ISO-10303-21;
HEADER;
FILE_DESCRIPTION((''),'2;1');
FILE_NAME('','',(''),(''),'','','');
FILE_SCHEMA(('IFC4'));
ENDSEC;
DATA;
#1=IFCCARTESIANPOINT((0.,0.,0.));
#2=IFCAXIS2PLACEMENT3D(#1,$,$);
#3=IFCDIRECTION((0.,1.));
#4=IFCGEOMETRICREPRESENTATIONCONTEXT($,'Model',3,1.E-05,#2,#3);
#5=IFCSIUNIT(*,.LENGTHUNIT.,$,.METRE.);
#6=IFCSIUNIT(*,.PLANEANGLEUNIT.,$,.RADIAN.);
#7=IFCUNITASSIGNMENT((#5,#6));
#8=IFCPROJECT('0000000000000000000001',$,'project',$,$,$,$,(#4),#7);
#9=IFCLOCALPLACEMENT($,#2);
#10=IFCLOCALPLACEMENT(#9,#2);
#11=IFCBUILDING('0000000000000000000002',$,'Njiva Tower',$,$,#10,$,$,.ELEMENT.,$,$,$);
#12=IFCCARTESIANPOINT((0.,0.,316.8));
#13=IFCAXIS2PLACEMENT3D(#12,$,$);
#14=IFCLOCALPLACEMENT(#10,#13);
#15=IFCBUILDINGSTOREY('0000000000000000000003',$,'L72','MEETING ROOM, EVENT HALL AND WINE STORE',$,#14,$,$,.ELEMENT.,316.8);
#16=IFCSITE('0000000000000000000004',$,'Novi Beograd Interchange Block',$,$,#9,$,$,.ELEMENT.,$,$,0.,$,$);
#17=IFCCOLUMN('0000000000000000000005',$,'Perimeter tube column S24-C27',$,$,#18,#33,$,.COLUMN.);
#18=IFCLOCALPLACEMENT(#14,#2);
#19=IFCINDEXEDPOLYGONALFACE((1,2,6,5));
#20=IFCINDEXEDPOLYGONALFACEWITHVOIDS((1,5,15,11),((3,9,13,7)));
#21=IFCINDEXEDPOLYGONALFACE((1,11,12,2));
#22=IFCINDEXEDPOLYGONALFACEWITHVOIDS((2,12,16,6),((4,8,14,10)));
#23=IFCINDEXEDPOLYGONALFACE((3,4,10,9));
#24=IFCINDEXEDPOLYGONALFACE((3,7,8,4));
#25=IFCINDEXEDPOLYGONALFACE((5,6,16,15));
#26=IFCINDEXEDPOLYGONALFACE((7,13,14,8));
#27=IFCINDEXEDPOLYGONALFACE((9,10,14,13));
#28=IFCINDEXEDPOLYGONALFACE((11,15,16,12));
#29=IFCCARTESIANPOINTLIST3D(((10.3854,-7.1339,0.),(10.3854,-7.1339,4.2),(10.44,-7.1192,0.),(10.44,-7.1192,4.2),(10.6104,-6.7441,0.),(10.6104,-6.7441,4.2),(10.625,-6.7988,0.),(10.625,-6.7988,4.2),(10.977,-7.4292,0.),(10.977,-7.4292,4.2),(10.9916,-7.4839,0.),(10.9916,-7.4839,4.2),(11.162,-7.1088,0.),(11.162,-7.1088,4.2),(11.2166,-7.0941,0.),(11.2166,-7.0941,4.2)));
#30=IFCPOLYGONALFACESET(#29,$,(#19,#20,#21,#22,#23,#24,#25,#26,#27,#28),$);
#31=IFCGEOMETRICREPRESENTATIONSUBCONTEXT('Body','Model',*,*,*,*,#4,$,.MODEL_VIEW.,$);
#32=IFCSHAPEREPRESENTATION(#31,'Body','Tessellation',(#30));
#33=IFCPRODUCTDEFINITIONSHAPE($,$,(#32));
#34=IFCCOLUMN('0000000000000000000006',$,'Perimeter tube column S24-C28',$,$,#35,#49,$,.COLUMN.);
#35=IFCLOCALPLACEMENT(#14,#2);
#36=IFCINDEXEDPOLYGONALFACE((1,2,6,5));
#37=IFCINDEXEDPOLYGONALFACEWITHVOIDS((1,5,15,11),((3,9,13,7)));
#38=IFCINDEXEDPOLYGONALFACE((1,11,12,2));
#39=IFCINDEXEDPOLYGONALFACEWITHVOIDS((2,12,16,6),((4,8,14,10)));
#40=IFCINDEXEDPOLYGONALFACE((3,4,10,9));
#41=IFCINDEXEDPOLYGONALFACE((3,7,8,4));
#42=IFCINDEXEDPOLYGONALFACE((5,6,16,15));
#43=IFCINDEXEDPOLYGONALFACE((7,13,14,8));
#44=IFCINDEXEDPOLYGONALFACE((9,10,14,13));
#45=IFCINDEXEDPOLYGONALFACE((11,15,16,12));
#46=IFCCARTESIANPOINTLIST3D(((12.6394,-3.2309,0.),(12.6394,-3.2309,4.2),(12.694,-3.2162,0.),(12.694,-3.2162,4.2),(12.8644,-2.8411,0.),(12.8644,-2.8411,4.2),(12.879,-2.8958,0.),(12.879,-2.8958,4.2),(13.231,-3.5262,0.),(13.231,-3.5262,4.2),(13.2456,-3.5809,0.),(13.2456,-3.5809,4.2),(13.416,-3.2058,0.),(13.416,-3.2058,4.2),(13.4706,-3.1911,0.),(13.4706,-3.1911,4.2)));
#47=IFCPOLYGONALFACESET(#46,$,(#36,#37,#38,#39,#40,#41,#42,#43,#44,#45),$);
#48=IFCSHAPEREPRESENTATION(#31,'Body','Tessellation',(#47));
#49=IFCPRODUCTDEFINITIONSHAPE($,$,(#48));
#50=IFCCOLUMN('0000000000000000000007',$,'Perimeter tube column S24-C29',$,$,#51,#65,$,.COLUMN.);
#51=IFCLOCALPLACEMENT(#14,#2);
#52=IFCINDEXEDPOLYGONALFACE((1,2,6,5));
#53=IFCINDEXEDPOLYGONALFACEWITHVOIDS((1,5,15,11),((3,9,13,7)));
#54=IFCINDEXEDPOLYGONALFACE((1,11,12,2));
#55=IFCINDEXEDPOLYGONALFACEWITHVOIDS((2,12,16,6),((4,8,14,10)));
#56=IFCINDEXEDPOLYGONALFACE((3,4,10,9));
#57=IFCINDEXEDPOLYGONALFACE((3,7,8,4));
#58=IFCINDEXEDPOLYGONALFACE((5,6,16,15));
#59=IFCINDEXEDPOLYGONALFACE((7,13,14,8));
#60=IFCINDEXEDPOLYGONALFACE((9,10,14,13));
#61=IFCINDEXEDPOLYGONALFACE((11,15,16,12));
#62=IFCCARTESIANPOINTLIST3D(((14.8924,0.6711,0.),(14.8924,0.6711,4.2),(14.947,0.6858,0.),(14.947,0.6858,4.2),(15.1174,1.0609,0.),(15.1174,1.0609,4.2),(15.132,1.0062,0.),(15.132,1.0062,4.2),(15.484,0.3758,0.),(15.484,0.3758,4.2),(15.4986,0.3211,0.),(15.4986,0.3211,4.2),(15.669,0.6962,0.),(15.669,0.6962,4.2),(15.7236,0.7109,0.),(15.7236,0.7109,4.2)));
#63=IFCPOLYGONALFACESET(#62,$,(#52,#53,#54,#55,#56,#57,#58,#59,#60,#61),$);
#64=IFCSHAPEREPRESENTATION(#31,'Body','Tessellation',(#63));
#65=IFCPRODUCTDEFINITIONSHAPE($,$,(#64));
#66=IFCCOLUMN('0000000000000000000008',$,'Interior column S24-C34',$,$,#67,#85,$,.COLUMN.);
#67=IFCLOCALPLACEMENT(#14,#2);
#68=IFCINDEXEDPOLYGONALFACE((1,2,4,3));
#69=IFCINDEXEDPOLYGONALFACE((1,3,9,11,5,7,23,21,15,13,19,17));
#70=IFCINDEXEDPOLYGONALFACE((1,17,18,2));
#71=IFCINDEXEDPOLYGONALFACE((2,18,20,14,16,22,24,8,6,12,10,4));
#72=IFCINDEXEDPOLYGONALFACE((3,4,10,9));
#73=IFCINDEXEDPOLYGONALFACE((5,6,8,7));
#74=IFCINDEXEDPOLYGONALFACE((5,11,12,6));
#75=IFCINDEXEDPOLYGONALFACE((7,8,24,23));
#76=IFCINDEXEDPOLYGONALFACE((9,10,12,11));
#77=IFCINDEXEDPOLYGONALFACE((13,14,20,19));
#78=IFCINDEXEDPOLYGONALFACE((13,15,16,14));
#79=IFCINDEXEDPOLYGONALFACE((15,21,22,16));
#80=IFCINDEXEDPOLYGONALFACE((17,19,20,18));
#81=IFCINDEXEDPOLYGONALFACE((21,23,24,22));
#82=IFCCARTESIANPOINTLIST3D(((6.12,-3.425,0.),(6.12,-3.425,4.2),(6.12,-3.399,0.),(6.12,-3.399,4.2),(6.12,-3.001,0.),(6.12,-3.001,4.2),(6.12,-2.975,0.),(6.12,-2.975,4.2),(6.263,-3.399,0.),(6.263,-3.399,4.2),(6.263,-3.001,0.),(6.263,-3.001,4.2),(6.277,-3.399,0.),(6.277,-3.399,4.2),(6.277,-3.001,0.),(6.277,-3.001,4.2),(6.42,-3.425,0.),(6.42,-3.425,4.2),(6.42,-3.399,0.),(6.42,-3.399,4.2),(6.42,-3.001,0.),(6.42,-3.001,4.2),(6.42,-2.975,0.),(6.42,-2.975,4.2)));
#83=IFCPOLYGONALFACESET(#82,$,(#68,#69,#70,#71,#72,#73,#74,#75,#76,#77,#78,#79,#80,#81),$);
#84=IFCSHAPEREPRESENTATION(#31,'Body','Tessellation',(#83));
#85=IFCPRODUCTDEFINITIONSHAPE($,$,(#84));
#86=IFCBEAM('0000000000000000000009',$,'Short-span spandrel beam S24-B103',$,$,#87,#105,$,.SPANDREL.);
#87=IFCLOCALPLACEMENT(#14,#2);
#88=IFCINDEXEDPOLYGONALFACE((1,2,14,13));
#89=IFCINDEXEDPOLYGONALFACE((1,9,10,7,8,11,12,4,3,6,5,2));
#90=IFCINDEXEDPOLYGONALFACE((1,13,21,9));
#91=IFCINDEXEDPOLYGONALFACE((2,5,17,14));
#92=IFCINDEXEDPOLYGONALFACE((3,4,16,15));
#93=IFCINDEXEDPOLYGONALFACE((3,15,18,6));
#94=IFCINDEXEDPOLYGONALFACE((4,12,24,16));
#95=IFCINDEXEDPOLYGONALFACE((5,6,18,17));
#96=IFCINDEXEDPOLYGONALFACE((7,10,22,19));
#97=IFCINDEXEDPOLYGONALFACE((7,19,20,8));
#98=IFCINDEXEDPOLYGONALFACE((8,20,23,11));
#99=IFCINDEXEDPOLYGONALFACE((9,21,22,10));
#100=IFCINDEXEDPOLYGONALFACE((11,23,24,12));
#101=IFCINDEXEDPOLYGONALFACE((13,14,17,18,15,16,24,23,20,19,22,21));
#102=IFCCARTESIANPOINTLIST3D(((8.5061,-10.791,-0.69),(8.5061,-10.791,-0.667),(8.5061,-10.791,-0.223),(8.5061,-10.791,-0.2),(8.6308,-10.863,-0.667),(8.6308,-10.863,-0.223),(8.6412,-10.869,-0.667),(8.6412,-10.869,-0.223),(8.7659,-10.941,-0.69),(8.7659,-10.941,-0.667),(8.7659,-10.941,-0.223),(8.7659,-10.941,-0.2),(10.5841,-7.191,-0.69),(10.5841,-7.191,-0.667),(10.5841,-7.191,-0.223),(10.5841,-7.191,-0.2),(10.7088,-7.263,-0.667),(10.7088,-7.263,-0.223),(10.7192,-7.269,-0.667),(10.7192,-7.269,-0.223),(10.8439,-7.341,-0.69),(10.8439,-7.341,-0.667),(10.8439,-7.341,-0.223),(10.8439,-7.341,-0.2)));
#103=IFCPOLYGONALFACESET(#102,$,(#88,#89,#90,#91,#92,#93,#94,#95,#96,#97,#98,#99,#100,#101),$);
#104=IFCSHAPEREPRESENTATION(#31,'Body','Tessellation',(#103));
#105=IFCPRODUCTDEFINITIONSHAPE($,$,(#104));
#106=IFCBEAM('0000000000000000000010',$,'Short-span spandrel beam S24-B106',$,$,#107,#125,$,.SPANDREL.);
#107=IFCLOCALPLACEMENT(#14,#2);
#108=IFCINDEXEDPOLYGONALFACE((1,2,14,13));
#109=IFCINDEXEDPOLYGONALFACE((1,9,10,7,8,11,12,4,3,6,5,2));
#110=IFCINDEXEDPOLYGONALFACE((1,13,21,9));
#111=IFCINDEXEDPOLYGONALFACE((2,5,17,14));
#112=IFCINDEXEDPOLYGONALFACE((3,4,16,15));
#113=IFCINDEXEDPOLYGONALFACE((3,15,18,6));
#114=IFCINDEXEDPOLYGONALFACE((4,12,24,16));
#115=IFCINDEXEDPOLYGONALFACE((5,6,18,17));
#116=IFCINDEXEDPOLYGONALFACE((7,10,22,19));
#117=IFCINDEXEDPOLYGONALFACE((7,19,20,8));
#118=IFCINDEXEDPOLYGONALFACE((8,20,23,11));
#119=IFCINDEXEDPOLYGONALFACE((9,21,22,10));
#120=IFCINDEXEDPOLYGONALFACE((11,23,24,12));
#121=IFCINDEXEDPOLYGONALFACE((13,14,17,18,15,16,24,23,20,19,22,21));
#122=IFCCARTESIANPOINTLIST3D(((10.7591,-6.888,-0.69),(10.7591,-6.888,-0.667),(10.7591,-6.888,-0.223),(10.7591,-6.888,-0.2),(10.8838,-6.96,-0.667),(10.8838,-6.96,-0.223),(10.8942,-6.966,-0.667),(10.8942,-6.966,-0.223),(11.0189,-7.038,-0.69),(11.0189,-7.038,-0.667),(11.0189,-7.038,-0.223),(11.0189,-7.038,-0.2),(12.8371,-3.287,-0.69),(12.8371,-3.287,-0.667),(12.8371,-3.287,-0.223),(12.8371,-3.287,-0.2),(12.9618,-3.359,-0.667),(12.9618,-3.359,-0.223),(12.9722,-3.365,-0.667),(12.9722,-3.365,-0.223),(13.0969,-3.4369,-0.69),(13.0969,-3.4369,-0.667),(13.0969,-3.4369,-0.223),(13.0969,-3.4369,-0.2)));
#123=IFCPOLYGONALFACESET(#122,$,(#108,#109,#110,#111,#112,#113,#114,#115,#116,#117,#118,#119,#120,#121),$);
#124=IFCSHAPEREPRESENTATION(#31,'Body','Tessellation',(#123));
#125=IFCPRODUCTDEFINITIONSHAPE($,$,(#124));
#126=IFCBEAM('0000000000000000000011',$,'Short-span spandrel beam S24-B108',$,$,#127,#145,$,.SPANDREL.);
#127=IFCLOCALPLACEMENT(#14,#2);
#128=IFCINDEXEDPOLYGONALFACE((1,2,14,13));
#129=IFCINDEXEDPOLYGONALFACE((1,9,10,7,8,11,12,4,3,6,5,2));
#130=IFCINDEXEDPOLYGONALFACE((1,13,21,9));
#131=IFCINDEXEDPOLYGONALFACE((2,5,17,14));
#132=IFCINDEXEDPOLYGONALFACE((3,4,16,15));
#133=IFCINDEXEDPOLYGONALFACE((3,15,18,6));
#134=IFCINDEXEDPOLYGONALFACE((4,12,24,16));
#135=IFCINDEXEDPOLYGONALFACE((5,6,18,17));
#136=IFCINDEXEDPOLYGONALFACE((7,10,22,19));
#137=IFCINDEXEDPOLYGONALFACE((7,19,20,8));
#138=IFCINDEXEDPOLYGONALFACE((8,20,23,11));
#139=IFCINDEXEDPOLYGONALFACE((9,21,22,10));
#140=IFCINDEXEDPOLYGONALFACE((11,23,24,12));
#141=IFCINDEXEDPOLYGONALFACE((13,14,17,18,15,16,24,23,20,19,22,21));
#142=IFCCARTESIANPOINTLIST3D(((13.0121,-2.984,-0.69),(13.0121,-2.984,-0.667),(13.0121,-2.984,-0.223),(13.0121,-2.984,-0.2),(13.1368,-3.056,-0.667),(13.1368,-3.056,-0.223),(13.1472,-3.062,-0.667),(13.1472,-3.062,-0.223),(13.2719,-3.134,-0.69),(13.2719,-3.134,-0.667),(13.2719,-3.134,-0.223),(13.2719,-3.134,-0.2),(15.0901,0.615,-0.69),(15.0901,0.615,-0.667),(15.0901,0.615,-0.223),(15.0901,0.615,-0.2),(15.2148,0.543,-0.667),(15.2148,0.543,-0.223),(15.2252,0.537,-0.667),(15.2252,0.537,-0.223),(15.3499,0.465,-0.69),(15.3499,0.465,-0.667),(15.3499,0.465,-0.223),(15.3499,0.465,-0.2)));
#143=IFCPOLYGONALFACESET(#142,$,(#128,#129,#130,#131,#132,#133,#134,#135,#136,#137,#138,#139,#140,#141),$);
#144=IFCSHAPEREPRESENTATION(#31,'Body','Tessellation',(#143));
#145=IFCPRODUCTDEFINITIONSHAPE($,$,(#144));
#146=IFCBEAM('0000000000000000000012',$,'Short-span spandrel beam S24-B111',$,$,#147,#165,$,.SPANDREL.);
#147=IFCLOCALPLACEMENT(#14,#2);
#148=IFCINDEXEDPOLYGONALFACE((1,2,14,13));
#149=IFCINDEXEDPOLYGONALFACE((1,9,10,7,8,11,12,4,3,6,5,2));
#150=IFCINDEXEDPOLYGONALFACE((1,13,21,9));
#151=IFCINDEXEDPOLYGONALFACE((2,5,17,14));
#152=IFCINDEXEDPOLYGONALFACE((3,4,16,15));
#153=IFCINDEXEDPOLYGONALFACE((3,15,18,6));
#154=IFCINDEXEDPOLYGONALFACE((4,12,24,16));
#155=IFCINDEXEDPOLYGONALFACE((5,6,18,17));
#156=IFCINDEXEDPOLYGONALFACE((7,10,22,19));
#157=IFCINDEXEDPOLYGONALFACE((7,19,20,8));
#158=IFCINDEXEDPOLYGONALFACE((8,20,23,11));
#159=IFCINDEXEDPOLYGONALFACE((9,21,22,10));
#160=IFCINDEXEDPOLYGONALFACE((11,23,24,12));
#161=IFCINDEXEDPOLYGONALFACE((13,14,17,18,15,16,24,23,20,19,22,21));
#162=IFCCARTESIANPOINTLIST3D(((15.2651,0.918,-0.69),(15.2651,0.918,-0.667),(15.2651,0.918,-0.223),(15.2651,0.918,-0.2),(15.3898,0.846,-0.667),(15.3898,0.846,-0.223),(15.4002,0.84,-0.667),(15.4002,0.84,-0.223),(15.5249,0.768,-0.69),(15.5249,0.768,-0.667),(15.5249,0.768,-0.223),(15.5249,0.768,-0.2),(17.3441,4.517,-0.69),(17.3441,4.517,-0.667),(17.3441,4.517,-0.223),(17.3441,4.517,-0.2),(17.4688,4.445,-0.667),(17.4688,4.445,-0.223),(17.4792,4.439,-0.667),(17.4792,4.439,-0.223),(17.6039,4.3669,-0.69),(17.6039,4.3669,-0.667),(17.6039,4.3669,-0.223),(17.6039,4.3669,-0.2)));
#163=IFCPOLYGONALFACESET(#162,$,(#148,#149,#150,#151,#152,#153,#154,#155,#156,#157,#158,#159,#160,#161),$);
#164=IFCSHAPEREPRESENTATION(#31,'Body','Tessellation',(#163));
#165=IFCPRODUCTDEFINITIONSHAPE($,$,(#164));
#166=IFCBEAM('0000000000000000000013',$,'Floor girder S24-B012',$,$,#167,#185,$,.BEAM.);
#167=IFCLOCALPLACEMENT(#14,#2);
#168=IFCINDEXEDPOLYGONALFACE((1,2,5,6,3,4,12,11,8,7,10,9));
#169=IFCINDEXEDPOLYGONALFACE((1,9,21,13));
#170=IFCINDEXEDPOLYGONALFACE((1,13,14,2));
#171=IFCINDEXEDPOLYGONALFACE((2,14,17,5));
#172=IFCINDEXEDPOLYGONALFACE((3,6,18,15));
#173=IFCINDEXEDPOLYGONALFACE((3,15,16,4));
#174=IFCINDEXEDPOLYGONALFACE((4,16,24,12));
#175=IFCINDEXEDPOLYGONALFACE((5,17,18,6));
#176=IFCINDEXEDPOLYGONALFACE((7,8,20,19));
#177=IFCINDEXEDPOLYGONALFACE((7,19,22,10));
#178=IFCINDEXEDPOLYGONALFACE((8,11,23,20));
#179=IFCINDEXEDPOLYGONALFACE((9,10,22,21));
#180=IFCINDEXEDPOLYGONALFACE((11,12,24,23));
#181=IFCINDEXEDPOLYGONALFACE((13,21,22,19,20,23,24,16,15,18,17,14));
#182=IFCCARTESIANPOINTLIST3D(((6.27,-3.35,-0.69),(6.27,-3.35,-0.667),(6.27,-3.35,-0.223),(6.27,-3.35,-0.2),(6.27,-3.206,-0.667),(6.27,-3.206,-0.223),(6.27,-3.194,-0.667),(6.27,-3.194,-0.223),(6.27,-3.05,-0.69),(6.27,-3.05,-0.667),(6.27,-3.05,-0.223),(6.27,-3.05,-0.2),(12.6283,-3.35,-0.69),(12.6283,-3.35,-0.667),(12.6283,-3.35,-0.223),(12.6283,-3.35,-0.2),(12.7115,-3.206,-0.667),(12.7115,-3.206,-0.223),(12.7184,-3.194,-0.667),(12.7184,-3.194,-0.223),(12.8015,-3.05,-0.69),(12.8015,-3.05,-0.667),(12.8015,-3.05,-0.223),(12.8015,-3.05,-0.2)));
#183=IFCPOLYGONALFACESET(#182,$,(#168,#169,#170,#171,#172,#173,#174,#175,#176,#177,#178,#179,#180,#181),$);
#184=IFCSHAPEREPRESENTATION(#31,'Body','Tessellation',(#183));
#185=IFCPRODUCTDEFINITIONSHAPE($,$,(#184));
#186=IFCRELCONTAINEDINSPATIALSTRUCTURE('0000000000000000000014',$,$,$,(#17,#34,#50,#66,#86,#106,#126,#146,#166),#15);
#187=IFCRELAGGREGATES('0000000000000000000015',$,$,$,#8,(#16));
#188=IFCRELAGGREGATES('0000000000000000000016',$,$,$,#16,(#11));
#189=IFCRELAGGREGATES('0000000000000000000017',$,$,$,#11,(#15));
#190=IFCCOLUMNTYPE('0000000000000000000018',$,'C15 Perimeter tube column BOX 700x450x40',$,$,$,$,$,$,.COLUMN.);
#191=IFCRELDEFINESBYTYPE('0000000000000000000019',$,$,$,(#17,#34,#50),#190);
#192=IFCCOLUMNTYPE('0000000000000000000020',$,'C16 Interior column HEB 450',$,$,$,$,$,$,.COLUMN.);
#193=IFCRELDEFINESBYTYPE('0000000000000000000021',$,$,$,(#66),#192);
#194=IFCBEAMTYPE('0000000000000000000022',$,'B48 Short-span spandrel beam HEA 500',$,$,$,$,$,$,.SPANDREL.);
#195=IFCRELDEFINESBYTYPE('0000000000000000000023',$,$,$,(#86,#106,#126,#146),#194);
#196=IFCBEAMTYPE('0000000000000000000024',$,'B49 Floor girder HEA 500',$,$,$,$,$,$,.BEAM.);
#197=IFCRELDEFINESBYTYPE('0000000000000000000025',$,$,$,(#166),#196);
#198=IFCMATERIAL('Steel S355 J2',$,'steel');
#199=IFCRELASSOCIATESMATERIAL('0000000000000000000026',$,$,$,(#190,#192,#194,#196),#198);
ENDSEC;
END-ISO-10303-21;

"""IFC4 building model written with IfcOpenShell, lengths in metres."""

from ifc_helpers import new_model, si_unit, direction, frame, origin, origin_2d, place, context, subcontext, project, spatial, hollow_rectangle, i_section, extrude, clip, halfspace, material, material_profile, profile_set, type_object, element, save


model = new_model("IFC4")

# Units and contexts
model_context = context("Model", 3, precision=1e-05, world=origin(), true_north=direction((0.0, 1.0)))
body_context = subcontext(model_context, "Body", "Model", "MODEL_VIEW")
ifc_project = project(units=[si_unit("LENGTHUNIT", "METRE"), si_unit("PLANEANGLEUNIT", "RADIAN")], contexts=[model_context])

# Site, building, storey
site_placement = place(None, origin())
site = spatial("IfcSite", under=ifc_project, at=site_placement, Name="Novi Beograd Interchange Block", CompositionType="ELEMENT", RefElevation=0.0)
building_placement = place(site_placement, origin())
building = spatial("IfcBuilding", under=site, at=building_placement, Name="Njiva Tower", CompositionType="ELEMENT")
storey_placement = place(building_placement, frame((0.0, 0.0, 316.8)))
storey = spatial("IfcBuildingStorey", under=building, at=storey_placement, Name="L72", Description="MEETING ROOM, EVENT HALL AND WINE STORE", CompositionType="ELEMENT", Elevation=316.8)

# Columns
ifc_material_1 = material(Name="Steel S355 J2", Category="steel")
ifc_material_profile_1 = material_profile(ifc_material_1, hollow_rectangle(XDim=0.45, YDim=0.7, WallThickness=0.04, at=origin_2d()), Name="BOX 700x450x40")
ifc_profile_set_1 = profile_set([ifc_material_profile_1], Name="Steel S355 J2")
column_type_1 = type_object("IfcColumnType", Name="C15 Perimeter tube column BOX 700x450x40", PredefinedType="COLUMN", material=ifc_profile_set_1)
for number, where, z_axis, x_axis, name in (
    (1, (10.801, -7.114, 0.0), (0.0, 0.0, 1.0), (0.5, 0.866025, 0.0), "Perimeter tube column S24-C27"),
    (2, (13.055, -3.211, 0.0), (0.0, 0.0, 1.0), (0.5, 0.866025, 0.0), "Perimeter tube column S24-C28"),
    (3, (15.308, 0.691, 0.0), (0.0, 0.0, 1.0), (0.5, 0.866025, 0.0), "Perimeter tube column S24-C29"),
):
    element("IfcColumn", number, at=place(storey_placement, frame(where, z_axis=z_axis, x_axis=x_axis)), inside=storey, type_object=column_type_1, Name=name, PredefinedType="COLUMN", context=body_context, shape_type="SweptSolid", body=[
        extrude(hollow_rectangle(XDim=0.45, YDim=0.7, WallThickness=0.04, at=origin_2d()), origin(), (0.0, 0.0, 1.0), 4.2),
    ])
ifc_material_profile_2 = material_profile(ifc_material_1, i_section(OverallWidth=0.3, OverallDepth=0.45, WebThickness=0.014, FlangeThickness=0.026, at=origin_2d()), Name="HEB 450")
ifc_profile_set_2 = profile_set([ifc_material_profile_2], Name="Steel S355 J2")
column_type_2 = type_object("IfcColumnType", Name="C16 Interior column HEB 450", PredefinedType="COLUMN", material=ifc_profile_set_2)
column_placement = place(storey_placement, frame((6.27, -3.2, 0.0), z_axis=(0.0, 0.0, 1.0), x_axis=(1.0, 0.0, 0.0)))
element("IfcColumn", 4, at=column_placement, inside=storey, type_object=column_type_2, Name="Interior column S24-C34", PredefinedType="COLUMN", context=body_context, shape_type="SweptSolid", body=[
    extrude(i_section(OverallWidth=0.3, OverallDepth=0.45, WebThickness=0.014, FlangeThickness=0.026, at=origin_2d()), origin(), (0.0, 0.0, 1.0), 4.2),
])

# Beams
ifc_material_profile_3 = material_profile(ifc_material_1, i_section(OverallWidth=0.3, OverallDepth=0.49, WebThickness=0.012, FlangeThickness=0.023, at=origin_2d()), Name="HEA 500")
ifc_profile_set_3 = profile_set([ifc_material_profile_3], Name="Steel S355 J2")
beam_type_1 = type_object("IfcBeamType", Name="B48 Short-span spandrel beam HEA 500", PredefinedType="SPANDREL", material=ifc_profile_set_3)
beam_1_placement = place(storey_placement, frame((8.636, -10.866, -0.445), z_axis=(0.499917, 0.866073, 0.0), x_axis=(-0.866073, 0.499917, 0.0)))
element("IfcBeam", 5, at=beam_1_placement, inside=storey, type_object=beam_type_1, Name="Short-span spandrel beam S24-B103", PredefinedType="SPANDREL", context=body_context, shape_type="SweptSolid", body=[
    extrude(i_section(OverallWidth=0.3, OverallDepth=0.49, WebThickness=0.012, FlangeThickness=0.023, at=origin_2d()), origin(), (0.0, 0.0, 1.0), 4.1567),
])
beam_2_placement = place(storey_placement, frame((10.889, -6.963, -0.445), z_axis=(0.499813, 0.866134, 0.0), x_axis=(-0.866134, 0.499813, 0.0)))
element("IfcBeam", 6, at=beam_2_placement, inside=storey, type_object=beam_type_1, Name="Short-span spandrel beam S24-B106", PredefinedType="SPANDREL", context=body_context, shape_type="SweptSolid", body=[
    extrude(i_section(OverallWidth=0.3, OverallDepth=0.49, WebThickness=0.012, FlangeThickness=0.023, at=origin_2d()), origin(), (0.0, 0.0, 1.0), 4.1576),
])
beam_3_placement = place(storey_placement, frame((13.142, -3.059, -0.445), z_axis=(0.500021, 0.866013, 0.0), x_axis=(-0.866013, 0.500021, 0.0)))
element("IfcBeam", 7, at=beam_3_placement, inside=storey, type_object=beam_type_1, Name="Short-span spandrel beam S24-B108", PredefinedType="SPANDREL", context=body_context, shape_type="SweptSolid", body=[
    extrude(i_section(OverallWidth=0.3, OverallDepth=0.49, WebThickness=0.012, FlangeThickness=0.023, at=origin_2d()), origin(), (0.0, 0.0, 1.0), 4.1558),
])
beam_4_placement = place(storey_placement, frame((15.395, 0.843, -0.445), z_axis=(0.500201, 0.865909, 0.0), x_axis=(-0.865909, 0.500201, 0.0)))
element("IfcBeam", 8, at=beam_4_placement, inside=storey, type_object=beam_type_1, Name="Short-span spandrel beam S24-B111", PredefinedType="SPANDREL", context=body_context, shape_type="SweptSolid", body=[
    extrude(i_section(OverallWidth=0.3, OverallDepth=0.49, WebThickness=0.012, FlangeThickness=0.023, at=origin_2d()), origin(), (0.0, 0.0, 1.0), 4.1563),
])
ifc_material_profile_4 = material_profile(ifc_material_1, i_section(OverallWidth=0.3, OverallDepth=0.49, WebThickness=0.012, FlangeThickness=0.023, at=origin_2d()), Name="HEA 500")
ifc_profile_set_4 = profile_set([ifc_material_profile_4], Name="Steel S355 J2")
beam_type_2 = type_object("IfcBeamType", Name="B49 Floor girder HEA 500", PredefinedType="BEAM", material=ifc_profile_set_4)
beam_5_placement = place(storey_placement, frame((6.27, -3.2, -0.445), z_axis=(1.0, 0.0, 0.0), x_axis=(0.0, 1.0, 0.0)))
element("IfcBeam", 9, at=beam_5_placement, inside=storey, type_object=beam_type_2, Name="Floor girder S24-B012", PredefinedType="BEAM", context=body_context, shape_type="Clipping", body=[
    clip(extrude(i_section(OverallWidth=0.3, OverallDepth=0.49, WebThickness=0.012, FlangeThickness=0.023, at=origin_2d()), origin(), (0.0, 0.0, 1.0), 6.552), halfspace(frame((-0.025, 0.0, 6.4305), z_axis=(-0.499998, 0.0, 0.866027), x_axis=(0.0, 1.0, 0.0)), False)),
])

save(model, "model.ifc")
